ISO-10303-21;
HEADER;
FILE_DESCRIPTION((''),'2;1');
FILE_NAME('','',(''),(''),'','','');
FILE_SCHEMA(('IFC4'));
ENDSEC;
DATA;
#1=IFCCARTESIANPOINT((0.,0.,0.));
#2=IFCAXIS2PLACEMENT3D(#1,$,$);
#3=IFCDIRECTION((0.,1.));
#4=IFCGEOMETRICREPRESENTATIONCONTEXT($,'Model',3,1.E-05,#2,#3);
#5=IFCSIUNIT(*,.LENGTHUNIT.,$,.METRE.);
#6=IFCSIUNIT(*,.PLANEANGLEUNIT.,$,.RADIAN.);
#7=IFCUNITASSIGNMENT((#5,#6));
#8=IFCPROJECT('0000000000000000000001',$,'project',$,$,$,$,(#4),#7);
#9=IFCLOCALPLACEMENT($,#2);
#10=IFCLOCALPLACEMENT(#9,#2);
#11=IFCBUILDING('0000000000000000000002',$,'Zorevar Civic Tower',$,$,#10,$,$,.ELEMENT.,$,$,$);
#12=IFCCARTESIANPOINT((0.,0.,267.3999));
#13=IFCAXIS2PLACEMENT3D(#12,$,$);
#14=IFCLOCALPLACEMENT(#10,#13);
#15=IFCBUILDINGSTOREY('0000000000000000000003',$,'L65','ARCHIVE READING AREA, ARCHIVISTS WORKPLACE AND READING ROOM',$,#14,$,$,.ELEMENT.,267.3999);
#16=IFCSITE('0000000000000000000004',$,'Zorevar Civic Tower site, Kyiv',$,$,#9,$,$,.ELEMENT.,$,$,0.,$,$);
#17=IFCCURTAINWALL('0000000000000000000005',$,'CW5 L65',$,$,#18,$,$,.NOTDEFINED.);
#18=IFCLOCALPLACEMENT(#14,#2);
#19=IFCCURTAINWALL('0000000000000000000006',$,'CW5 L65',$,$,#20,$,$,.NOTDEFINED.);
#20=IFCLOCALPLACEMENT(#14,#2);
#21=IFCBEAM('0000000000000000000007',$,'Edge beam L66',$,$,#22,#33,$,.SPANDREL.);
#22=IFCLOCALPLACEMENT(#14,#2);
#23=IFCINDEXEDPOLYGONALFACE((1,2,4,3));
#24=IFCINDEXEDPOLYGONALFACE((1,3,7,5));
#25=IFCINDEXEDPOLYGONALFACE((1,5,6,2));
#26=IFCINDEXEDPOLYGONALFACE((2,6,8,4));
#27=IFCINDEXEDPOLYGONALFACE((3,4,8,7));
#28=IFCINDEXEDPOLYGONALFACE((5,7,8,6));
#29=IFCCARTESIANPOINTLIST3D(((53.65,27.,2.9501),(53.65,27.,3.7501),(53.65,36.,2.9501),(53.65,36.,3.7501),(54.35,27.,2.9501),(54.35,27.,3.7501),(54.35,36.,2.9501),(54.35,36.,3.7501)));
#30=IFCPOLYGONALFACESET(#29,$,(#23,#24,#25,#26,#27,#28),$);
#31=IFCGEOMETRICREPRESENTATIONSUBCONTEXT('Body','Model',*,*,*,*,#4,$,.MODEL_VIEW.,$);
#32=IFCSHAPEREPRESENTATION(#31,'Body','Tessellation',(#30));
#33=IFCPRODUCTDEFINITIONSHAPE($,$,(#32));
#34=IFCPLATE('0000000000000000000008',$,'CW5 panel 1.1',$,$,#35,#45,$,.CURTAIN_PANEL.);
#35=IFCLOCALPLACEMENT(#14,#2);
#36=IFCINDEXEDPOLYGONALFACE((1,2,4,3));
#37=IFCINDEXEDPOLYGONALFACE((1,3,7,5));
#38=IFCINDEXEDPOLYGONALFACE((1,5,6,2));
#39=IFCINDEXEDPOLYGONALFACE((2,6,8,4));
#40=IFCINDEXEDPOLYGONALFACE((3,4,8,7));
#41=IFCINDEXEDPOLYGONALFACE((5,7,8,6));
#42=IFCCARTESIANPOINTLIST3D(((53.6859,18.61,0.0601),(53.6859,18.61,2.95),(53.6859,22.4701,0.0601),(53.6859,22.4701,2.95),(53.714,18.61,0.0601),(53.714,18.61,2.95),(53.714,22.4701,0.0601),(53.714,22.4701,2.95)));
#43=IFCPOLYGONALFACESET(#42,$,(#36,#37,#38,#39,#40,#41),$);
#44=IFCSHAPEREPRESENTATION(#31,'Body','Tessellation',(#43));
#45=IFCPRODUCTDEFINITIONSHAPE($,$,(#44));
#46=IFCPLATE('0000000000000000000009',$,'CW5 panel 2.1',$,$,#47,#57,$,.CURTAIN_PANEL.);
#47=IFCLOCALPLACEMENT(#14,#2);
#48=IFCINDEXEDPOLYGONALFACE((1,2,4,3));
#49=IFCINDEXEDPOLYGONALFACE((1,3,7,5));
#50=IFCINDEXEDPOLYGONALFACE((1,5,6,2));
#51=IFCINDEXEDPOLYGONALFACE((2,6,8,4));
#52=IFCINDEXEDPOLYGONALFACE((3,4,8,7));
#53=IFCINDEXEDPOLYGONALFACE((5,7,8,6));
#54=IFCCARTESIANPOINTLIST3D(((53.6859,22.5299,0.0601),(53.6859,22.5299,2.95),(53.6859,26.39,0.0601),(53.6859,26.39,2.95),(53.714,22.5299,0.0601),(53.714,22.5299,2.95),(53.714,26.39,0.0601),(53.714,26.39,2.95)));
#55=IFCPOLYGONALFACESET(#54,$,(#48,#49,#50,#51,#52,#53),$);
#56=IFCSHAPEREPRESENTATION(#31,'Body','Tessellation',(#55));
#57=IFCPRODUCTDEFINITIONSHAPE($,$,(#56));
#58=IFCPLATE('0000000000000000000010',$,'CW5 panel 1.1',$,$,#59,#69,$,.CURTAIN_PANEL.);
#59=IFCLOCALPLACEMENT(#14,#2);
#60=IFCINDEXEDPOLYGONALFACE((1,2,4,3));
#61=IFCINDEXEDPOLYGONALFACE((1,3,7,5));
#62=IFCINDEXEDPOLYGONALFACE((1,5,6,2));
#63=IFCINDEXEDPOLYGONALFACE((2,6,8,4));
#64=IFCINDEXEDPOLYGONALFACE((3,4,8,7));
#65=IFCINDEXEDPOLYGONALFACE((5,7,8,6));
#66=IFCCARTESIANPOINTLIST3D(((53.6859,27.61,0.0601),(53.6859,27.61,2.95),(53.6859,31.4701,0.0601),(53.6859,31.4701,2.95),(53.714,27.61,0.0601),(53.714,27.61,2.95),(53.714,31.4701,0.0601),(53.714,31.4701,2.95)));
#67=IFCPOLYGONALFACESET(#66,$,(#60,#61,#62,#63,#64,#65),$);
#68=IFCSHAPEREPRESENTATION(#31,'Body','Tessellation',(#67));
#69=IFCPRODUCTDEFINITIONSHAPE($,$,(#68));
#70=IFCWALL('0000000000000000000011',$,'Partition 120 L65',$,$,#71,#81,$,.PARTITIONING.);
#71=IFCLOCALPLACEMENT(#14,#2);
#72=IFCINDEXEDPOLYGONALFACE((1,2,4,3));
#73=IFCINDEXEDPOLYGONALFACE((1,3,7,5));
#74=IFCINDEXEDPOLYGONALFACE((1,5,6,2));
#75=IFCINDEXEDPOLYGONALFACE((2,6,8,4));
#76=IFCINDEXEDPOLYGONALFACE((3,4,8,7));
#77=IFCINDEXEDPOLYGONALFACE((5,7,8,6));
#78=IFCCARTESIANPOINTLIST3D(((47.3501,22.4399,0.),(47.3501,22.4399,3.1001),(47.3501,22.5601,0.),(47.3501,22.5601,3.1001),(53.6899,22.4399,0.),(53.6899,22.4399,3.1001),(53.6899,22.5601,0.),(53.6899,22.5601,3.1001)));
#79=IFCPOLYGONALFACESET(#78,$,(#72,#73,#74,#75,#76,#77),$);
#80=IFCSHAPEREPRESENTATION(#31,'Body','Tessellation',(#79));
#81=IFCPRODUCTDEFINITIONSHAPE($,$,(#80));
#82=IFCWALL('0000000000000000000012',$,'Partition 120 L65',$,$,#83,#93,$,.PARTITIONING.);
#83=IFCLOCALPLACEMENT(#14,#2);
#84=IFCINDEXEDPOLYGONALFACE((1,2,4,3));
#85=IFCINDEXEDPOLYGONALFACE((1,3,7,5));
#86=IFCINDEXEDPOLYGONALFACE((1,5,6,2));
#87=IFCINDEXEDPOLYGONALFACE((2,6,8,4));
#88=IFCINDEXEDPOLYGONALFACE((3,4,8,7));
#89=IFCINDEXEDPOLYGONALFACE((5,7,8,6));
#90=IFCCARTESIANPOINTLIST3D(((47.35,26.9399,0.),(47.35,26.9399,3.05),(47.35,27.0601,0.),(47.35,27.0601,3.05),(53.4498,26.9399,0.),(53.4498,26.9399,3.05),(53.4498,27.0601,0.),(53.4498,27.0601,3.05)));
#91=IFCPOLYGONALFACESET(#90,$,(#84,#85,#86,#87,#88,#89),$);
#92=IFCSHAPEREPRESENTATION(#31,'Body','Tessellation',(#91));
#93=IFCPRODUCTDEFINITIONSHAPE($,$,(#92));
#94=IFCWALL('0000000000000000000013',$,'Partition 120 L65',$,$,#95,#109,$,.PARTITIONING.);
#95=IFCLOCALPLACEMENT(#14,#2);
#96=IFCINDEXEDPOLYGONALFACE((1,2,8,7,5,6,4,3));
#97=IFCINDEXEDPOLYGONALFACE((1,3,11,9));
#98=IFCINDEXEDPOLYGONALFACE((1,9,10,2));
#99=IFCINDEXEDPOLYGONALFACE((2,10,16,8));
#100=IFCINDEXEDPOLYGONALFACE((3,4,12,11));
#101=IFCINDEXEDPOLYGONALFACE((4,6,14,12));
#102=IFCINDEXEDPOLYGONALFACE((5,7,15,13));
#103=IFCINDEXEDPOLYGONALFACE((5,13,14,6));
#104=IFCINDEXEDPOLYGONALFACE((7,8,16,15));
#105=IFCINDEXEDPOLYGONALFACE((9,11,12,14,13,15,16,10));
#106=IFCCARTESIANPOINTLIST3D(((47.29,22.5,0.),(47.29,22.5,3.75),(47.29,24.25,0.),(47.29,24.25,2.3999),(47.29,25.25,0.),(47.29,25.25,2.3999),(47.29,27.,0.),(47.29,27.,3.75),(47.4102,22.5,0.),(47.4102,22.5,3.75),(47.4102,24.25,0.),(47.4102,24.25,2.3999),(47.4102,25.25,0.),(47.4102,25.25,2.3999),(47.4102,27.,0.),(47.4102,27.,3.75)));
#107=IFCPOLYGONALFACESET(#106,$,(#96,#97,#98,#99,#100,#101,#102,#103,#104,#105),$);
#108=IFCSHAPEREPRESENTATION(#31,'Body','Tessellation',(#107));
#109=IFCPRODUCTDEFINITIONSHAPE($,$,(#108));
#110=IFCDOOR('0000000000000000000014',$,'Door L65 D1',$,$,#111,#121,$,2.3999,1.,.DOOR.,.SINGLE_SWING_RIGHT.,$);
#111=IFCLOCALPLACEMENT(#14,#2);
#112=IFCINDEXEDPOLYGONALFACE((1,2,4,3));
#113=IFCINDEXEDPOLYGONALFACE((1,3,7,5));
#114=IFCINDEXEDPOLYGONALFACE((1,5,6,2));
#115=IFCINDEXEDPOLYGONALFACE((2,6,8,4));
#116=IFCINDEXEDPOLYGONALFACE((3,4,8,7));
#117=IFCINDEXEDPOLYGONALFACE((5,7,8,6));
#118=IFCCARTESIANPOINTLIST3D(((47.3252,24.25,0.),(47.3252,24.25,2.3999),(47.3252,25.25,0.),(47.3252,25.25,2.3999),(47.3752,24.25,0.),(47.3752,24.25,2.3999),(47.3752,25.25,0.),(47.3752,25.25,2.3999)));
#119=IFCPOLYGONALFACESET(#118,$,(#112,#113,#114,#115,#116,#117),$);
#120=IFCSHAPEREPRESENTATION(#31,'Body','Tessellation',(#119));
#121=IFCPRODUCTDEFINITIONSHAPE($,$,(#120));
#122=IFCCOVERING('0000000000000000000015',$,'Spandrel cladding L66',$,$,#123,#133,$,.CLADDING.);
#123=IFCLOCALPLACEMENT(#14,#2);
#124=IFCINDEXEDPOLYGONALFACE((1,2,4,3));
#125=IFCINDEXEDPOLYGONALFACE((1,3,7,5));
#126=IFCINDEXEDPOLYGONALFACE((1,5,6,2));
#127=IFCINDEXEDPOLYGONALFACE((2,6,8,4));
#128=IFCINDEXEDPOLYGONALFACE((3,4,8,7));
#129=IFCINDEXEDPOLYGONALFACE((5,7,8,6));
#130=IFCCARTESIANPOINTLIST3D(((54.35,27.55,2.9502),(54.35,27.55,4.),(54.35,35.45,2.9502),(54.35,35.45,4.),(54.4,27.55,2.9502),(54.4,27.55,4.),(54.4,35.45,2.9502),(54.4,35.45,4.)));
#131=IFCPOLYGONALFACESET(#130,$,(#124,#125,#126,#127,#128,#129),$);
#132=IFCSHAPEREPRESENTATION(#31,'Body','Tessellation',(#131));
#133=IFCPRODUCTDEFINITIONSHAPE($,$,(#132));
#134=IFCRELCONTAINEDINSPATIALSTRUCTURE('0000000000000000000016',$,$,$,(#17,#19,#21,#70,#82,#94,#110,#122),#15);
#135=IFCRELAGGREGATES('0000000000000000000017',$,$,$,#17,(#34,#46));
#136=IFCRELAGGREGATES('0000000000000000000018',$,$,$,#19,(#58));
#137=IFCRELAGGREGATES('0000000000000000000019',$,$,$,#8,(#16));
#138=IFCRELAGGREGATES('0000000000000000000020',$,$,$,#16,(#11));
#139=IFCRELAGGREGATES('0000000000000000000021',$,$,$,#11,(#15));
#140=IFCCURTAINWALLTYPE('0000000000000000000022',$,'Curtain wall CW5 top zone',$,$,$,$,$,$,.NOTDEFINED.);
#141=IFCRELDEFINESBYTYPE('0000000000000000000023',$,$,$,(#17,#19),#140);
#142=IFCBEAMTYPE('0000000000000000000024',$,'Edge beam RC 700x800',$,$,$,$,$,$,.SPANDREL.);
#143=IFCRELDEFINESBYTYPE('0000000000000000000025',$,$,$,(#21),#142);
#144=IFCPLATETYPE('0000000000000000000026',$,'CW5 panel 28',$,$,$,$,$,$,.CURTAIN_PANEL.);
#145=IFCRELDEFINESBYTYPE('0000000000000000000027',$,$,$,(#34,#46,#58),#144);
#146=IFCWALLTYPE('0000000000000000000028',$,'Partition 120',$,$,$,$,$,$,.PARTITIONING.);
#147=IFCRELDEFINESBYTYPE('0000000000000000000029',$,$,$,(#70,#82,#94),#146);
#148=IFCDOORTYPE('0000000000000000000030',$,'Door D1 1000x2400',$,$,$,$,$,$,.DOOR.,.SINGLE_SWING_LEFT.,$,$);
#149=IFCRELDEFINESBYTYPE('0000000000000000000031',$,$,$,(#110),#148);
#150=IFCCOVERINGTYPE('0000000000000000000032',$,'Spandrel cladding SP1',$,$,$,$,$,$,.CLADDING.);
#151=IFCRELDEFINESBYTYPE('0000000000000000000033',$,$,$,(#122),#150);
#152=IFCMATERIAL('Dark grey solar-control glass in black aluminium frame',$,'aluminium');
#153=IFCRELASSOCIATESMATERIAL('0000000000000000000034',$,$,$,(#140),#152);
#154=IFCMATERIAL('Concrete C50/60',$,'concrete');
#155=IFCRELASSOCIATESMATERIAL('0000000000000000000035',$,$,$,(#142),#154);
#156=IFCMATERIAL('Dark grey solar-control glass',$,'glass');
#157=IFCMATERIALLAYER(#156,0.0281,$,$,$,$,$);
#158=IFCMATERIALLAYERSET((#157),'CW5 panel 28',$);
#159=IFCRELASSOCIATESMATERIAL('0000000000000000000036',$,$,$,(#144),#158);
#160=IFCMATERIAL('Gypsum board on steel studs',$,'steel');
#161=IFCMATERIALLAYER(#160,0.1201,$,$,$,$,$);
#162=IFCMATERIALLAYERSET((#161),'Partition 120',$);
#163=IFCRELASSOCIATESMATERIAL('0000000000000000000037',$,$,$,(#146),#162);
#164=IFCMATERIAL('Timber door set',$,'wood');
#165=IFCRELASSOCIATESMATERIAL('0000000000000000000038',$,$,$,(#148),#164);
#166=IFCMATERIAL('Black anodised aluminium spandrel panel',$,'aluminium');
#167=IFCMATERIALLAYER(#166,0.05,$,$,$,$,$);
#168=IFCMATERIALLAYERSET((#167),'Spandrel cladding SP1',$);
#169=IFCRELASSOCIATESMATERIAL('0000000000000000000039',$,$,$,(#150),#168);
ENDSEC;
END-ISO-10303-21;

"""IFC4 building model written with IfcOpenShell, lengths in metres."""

from ifc_helpers import new_model, si_unit, direction, frame, frame_2d, origin, origin_2d, place, context, subcontext, project, spatial, rectangle, extrude, material, layer, layer_set, material_profile, profile_set, type_object, element, fill, aggregate, save


model = new_model("IFC4")

# Units and contexts
model_context = context("Model", 3, precision=1e-05, world=origin(), true_north=direction((0.0, 1.0)))
body_context = subcontext(model_context, "Body", "Model", "MODEL_VIEW")
ifc_project = project(units=[si_unit("LENGTHUNIT", "METRE"), si_unit("PLANEANGLEUNIT", "RADIAN")], contexts=[model_context])

# Site, building, storey
site_placement = place(None, origin())
site = spatial("IfcSite", under=ifc_project, at=site_placement, Name="Zorevar Civic Tower site, Kyiv", CompositionType="ELEMENT", RefElevation=0.0)
building_placement = place(site_placement, origin())
building = spatial("IfcBuilding", under=site, at=building_placement, Name="Zorevar Civic Tower", CompositionType="ELEMENT")
storey_placement = place(building_placement, frame((0.0, 0.0, 267.3999)))
storey = spatial("IfcBuildingStorey", under=building, at=storey_placement, Name="L65", Description="ARCHIVE READING AREA, ARCHIVISTS WORKPLACE AND READING ROOM", CompositionType="ELEMENT", Elevation=267.3999)

# Curtain walls
ifc_material_1 = material(Name="Dark grey solar-control glass in black aluminium frame", Category="aluminium")
curtain_wall_type = type_object("IfcCurtainWallType", Name="Curtain wall CW5 top zone", PredefinedType="NOTDEFINED", material=ifc_material_1)
curtain_wall_1_placement = place(storey_placement, origin())
curtain_wall_1 = element("IfcCurtainWall", 1, at=curtain_wall_1_placement, inside=storey, type_object=curtain_wall_type, Name="CW5 L65", PredefinedType="NOTDEFINED")
curtain_wall_2_placement = place(storey_placement, origin())
curtain_wall_2 = element("IfcCurtainWall", 2, at=curtain_wall_2_placement, inside=storey, type_object=curtain_wall_type, Name="CW5 L65", PredefinedType="NOTDEFINED")

# Beam
ifc_material_2 = material(Name="Concrete C50/60", Category="concrete")
ifc_material_profile_1 = material_profile(ifc_material_2, rectangle(XDim=0.7, YDim=0.8, at=origin_2d()), Name="RC 700x800")
ifc_profile_set_1 = profile_set([ifc_material_profile_1], Name="Concrete C50/60")
beam_type_1 = type_object("IfcBeamType", Name="Edge beam RC 700x800", PredefinedType="SPANDREL", material=ifc_profile_set_1)
beam_1_placement = place(storey_placement, frame((54.0, 27.0, 3.3501), z_axis=(0.0, 1.0, 0.0), x_axis=(-1.0, 0.0, 0.0)))
element("IfcBeam", 3, at=beam_1_placement, inside=storey, type_object=beam_type_1, Name="Edge beam L66", PredefinedType="SPANDREL", context=body_context, shape_type="SweptSolid", body=[
    extrude(rectangle(XDim=0.7, YDim=0.8, at=origin_2d()), origin(), (0.0, 0.0, 1.0), 9.0),
])

# Plates
ifc_material_3 = material(Name="Dark grey solar-control glass", Category="glass")
ifc_layer_1 = layer(ifc_material_3, 0.0281)
ifc_layer_set_1 = layer_set([ifc_layer_1], Name="CW5 panel 28")
plate_type = type_object("IfcPlateType", Name="CW5 panel 28", PredefinedType="CURTAIN_PANEL", material=ifc_layer_set_1)
plate_1_placement = place(storey_placement, frame((53.7, 20.54, 0.0601), z_axis=(0.0, 0.0, 1.0), x_axis=(0.0, 1.0, 0.0)))
plate_1 = element("IfcPlate", 4, at=plate_1_placement, type_object=plate_type, Name="CW5 panel 1.1", PredefinedType="CURTAIN_PANEL", context=body_context, shape_type="SweptSolid", body=[
    extrude(rectangle(XDim=3.8601, YDim=0.0281, at=origin_2d()), origin(), (0.0, 0.0, 1.0), 2.8899),
])
plate_2_placement = place(storey_placement, frame((53.7, 24.46, 0.0601), z_axis=(0.0, 0.0, 1.0), x_axis=(0.0, 1.0, 0.0)))
plate_2 = element("IfcPlate", 5, at=plate_2_placement, type_object=plate_type, Name="CW5 panel 2.1", PredefinedType="CURTAIN_PANEL", context=body_context, shape_type="SweptSolid", body=[
    extrude(rectangle(XDim=3.8601, YDim=0.0281, at=origin_2d()), origin(), (0.0, 0.0, 1.0), 2.8899),
])
aggregate(curtain_wall_1, [plate_1, plate_2])
plate_3_placement = place(storey_placement, frame((53.7, 29.54, 0.0601), z_axis=(0.0, 0.0, 1.0), x_axis=(0.0, 1.0, 0.0)))
plate_3 = element("IfcPlate", 6, at=plate_3_placement, type_object=plate_type, Name="CW5 panel 1.1", PredefinedType="CURTAIN_PANEL", context=body_context, shape_type="SweptSolid", body=[
    extrude(rectangle(XDim=3.8601, YDim=0.0281, at=origin_2d()), origin(), (0.0, 0.0, 1.0), 2.8899),
])
aggregate(curtain_wall_2, [plate_3])

# Walls
ifc_material_4 = material(Name="Gypsum board on steel studs", Category="steel")
ifc_layer_2 = layer(ifc_material_4, 0.1201)
ifc_layer_set_2 = layer_set([ifc_layer_2], Name="Partition 120")
wall_type = type_object("IfcWallType", Name="Partition 120", PredefinedType="PARTITIONING", material=ifc_layer_set_2)
wall_1_placement = place(storey_placement, frame((47.3501, 22.5, 0.0), z_axis=(0.0, 0.0, 1.0), x_axis=(1.0, 0.0, 0.0)))
element("IfcWall", 7, at=wall_1_placement, inside=storey, type_object=wall_type, Name="Partition 120 L65", PredefinedType="PARTITIONING", context=body_context, shape_type="SweptSolid", body=[
    extrude(rectangle(XDim=6.3398, YDim=0.1201, at=frame_2d((3.1699, 0.0))), origin(), (0.0, 0.0, 1.0), 3.1001),
])
wall_2_placement = place(storey_placement, frame((47.3501, 27.0, 0.0), z_axis=(0.0, 0.0, 1.0), x_axis=(1.0, 0.0, 0.0)))
element("IfcWall", 8, at=wall_2_placement, inside=storey, type_object=wall_type, Name="Partition 120 L65", PredefinedType="PARTITIONING", context=body_context, shape_type="SweptSolid", body=[
    extrude(rectangle(XDim=6.0999, YDim=0.1201, at=frame_2d((3.0498, 0.0))), origin(), (0.0, 0.0, 1.0), 3.05),
])

# Wall, opening, door
wall_3_placement = place(storey_placement, frame((47.3501, 22.5, 0.0), z_axis=(0.0, 0.0, 1.0), x_axis=(0.0, 1.0, 0.0)))
wall_3 = element("IfcWall", 9, at=wall_3_placement, inside=storey, type_object=wall_type, Name="Partition 120 L65", PredefinedType="PARTITIONING", context=body_context, shape_type="SweptSolid", body=[
    extrude(rectangle(XDim=4.5, YDim=0.1201, at=frame_2d((2.25, 0.0))), origin(), (0.0, 0.0, 1.0), 3.75),
])
opening_placement = place(wall_3_placement, frame((1.75, 0.0, 0.0)))
opening = element("IfcOpeningElement", 10, at=opening_placement, cuts=wall_3, PredefinedType="OPENING", context=body_context, shape_type="SweptSolid", body=[
    extrude(rectangle(XDim=1.0, YDim=2.3999, at=frame_2d((0.5, 1.2))), frame((0.0, 0.0701, 0.0), z_axis=(0.0, -1.0, 0.0), x_axis=(1.0, 0.0, 0.0)), (0.0, 0.0, 1.0), 0.1401),
])
ifc_material_5 = material(Name="Timber door set", Category="wood")
door_type = type_object("IfcDoorType", Name="Door D1 1000x2400", OperationType="SINGLE_SWING_LEFT", PredefinedType="DOOR", material=ifc_material_5)
door_placement = place(opening_placement, origin())
door = element("IfcDoor", 11, at=door_placement, inside=storey, type_object=door_type, Name="Door L65 D1", OperationType="SINGLE_SWING_RIGHT", OverallHeight=2.3999, OverallWidth=1.0, PredefinedType="DOOR", context=body_context, shape_type="SweptSolid", body=[
    extrude(rectangle(XDim=1.0, YDim=2.3999, at=frame_2d((0.5, 1.2))), frame((0.0, 0.0249, 0.0), z_axis=(0.0, -1.0, 0.0), x_axis=(1.0, 0.0, 0.0)), (0.0, 0.0, 1.0), 0.05),
])
fill(opening, door)

# Covering
ifc_material_6 = material(Name="Black anodised aluminium spandrel panel", Category="aluminium")
ifc_layer_3 = layer(ifc_material_6, 0.05)
ifc_layer_set_3 = layer_set([ifc_layer_3], Name="Spandrel cladding SP1")
covering_type = type_object("IfcCoveringType", Name="Spandrel cladding SP1", PredefinedType="CLADDING", material=ifc_layer_set_3)
covering_placement = place(storey_placement, frame((54.375, 27.55, 2.9502), z_axis=(0.0, 0.0, 1.0), x_axis=(0.0, 1.0, 0.0)))
element("IfcCovering", 12, at=covering_placement, inside=storey, type_object=covering_type, Name="Spandrel cladding L66", PredefinedType="CLADDING", context=body_context, shape_type="SweptSolid", body=[
    extrude(rectangle(XDim=7.8999, YDim=0.05, at=frame_2d((3.95, 0.0))), origin(), (0.0, 0.0, 1.0), 1.0498),
])

save(model, "model.ifc")
